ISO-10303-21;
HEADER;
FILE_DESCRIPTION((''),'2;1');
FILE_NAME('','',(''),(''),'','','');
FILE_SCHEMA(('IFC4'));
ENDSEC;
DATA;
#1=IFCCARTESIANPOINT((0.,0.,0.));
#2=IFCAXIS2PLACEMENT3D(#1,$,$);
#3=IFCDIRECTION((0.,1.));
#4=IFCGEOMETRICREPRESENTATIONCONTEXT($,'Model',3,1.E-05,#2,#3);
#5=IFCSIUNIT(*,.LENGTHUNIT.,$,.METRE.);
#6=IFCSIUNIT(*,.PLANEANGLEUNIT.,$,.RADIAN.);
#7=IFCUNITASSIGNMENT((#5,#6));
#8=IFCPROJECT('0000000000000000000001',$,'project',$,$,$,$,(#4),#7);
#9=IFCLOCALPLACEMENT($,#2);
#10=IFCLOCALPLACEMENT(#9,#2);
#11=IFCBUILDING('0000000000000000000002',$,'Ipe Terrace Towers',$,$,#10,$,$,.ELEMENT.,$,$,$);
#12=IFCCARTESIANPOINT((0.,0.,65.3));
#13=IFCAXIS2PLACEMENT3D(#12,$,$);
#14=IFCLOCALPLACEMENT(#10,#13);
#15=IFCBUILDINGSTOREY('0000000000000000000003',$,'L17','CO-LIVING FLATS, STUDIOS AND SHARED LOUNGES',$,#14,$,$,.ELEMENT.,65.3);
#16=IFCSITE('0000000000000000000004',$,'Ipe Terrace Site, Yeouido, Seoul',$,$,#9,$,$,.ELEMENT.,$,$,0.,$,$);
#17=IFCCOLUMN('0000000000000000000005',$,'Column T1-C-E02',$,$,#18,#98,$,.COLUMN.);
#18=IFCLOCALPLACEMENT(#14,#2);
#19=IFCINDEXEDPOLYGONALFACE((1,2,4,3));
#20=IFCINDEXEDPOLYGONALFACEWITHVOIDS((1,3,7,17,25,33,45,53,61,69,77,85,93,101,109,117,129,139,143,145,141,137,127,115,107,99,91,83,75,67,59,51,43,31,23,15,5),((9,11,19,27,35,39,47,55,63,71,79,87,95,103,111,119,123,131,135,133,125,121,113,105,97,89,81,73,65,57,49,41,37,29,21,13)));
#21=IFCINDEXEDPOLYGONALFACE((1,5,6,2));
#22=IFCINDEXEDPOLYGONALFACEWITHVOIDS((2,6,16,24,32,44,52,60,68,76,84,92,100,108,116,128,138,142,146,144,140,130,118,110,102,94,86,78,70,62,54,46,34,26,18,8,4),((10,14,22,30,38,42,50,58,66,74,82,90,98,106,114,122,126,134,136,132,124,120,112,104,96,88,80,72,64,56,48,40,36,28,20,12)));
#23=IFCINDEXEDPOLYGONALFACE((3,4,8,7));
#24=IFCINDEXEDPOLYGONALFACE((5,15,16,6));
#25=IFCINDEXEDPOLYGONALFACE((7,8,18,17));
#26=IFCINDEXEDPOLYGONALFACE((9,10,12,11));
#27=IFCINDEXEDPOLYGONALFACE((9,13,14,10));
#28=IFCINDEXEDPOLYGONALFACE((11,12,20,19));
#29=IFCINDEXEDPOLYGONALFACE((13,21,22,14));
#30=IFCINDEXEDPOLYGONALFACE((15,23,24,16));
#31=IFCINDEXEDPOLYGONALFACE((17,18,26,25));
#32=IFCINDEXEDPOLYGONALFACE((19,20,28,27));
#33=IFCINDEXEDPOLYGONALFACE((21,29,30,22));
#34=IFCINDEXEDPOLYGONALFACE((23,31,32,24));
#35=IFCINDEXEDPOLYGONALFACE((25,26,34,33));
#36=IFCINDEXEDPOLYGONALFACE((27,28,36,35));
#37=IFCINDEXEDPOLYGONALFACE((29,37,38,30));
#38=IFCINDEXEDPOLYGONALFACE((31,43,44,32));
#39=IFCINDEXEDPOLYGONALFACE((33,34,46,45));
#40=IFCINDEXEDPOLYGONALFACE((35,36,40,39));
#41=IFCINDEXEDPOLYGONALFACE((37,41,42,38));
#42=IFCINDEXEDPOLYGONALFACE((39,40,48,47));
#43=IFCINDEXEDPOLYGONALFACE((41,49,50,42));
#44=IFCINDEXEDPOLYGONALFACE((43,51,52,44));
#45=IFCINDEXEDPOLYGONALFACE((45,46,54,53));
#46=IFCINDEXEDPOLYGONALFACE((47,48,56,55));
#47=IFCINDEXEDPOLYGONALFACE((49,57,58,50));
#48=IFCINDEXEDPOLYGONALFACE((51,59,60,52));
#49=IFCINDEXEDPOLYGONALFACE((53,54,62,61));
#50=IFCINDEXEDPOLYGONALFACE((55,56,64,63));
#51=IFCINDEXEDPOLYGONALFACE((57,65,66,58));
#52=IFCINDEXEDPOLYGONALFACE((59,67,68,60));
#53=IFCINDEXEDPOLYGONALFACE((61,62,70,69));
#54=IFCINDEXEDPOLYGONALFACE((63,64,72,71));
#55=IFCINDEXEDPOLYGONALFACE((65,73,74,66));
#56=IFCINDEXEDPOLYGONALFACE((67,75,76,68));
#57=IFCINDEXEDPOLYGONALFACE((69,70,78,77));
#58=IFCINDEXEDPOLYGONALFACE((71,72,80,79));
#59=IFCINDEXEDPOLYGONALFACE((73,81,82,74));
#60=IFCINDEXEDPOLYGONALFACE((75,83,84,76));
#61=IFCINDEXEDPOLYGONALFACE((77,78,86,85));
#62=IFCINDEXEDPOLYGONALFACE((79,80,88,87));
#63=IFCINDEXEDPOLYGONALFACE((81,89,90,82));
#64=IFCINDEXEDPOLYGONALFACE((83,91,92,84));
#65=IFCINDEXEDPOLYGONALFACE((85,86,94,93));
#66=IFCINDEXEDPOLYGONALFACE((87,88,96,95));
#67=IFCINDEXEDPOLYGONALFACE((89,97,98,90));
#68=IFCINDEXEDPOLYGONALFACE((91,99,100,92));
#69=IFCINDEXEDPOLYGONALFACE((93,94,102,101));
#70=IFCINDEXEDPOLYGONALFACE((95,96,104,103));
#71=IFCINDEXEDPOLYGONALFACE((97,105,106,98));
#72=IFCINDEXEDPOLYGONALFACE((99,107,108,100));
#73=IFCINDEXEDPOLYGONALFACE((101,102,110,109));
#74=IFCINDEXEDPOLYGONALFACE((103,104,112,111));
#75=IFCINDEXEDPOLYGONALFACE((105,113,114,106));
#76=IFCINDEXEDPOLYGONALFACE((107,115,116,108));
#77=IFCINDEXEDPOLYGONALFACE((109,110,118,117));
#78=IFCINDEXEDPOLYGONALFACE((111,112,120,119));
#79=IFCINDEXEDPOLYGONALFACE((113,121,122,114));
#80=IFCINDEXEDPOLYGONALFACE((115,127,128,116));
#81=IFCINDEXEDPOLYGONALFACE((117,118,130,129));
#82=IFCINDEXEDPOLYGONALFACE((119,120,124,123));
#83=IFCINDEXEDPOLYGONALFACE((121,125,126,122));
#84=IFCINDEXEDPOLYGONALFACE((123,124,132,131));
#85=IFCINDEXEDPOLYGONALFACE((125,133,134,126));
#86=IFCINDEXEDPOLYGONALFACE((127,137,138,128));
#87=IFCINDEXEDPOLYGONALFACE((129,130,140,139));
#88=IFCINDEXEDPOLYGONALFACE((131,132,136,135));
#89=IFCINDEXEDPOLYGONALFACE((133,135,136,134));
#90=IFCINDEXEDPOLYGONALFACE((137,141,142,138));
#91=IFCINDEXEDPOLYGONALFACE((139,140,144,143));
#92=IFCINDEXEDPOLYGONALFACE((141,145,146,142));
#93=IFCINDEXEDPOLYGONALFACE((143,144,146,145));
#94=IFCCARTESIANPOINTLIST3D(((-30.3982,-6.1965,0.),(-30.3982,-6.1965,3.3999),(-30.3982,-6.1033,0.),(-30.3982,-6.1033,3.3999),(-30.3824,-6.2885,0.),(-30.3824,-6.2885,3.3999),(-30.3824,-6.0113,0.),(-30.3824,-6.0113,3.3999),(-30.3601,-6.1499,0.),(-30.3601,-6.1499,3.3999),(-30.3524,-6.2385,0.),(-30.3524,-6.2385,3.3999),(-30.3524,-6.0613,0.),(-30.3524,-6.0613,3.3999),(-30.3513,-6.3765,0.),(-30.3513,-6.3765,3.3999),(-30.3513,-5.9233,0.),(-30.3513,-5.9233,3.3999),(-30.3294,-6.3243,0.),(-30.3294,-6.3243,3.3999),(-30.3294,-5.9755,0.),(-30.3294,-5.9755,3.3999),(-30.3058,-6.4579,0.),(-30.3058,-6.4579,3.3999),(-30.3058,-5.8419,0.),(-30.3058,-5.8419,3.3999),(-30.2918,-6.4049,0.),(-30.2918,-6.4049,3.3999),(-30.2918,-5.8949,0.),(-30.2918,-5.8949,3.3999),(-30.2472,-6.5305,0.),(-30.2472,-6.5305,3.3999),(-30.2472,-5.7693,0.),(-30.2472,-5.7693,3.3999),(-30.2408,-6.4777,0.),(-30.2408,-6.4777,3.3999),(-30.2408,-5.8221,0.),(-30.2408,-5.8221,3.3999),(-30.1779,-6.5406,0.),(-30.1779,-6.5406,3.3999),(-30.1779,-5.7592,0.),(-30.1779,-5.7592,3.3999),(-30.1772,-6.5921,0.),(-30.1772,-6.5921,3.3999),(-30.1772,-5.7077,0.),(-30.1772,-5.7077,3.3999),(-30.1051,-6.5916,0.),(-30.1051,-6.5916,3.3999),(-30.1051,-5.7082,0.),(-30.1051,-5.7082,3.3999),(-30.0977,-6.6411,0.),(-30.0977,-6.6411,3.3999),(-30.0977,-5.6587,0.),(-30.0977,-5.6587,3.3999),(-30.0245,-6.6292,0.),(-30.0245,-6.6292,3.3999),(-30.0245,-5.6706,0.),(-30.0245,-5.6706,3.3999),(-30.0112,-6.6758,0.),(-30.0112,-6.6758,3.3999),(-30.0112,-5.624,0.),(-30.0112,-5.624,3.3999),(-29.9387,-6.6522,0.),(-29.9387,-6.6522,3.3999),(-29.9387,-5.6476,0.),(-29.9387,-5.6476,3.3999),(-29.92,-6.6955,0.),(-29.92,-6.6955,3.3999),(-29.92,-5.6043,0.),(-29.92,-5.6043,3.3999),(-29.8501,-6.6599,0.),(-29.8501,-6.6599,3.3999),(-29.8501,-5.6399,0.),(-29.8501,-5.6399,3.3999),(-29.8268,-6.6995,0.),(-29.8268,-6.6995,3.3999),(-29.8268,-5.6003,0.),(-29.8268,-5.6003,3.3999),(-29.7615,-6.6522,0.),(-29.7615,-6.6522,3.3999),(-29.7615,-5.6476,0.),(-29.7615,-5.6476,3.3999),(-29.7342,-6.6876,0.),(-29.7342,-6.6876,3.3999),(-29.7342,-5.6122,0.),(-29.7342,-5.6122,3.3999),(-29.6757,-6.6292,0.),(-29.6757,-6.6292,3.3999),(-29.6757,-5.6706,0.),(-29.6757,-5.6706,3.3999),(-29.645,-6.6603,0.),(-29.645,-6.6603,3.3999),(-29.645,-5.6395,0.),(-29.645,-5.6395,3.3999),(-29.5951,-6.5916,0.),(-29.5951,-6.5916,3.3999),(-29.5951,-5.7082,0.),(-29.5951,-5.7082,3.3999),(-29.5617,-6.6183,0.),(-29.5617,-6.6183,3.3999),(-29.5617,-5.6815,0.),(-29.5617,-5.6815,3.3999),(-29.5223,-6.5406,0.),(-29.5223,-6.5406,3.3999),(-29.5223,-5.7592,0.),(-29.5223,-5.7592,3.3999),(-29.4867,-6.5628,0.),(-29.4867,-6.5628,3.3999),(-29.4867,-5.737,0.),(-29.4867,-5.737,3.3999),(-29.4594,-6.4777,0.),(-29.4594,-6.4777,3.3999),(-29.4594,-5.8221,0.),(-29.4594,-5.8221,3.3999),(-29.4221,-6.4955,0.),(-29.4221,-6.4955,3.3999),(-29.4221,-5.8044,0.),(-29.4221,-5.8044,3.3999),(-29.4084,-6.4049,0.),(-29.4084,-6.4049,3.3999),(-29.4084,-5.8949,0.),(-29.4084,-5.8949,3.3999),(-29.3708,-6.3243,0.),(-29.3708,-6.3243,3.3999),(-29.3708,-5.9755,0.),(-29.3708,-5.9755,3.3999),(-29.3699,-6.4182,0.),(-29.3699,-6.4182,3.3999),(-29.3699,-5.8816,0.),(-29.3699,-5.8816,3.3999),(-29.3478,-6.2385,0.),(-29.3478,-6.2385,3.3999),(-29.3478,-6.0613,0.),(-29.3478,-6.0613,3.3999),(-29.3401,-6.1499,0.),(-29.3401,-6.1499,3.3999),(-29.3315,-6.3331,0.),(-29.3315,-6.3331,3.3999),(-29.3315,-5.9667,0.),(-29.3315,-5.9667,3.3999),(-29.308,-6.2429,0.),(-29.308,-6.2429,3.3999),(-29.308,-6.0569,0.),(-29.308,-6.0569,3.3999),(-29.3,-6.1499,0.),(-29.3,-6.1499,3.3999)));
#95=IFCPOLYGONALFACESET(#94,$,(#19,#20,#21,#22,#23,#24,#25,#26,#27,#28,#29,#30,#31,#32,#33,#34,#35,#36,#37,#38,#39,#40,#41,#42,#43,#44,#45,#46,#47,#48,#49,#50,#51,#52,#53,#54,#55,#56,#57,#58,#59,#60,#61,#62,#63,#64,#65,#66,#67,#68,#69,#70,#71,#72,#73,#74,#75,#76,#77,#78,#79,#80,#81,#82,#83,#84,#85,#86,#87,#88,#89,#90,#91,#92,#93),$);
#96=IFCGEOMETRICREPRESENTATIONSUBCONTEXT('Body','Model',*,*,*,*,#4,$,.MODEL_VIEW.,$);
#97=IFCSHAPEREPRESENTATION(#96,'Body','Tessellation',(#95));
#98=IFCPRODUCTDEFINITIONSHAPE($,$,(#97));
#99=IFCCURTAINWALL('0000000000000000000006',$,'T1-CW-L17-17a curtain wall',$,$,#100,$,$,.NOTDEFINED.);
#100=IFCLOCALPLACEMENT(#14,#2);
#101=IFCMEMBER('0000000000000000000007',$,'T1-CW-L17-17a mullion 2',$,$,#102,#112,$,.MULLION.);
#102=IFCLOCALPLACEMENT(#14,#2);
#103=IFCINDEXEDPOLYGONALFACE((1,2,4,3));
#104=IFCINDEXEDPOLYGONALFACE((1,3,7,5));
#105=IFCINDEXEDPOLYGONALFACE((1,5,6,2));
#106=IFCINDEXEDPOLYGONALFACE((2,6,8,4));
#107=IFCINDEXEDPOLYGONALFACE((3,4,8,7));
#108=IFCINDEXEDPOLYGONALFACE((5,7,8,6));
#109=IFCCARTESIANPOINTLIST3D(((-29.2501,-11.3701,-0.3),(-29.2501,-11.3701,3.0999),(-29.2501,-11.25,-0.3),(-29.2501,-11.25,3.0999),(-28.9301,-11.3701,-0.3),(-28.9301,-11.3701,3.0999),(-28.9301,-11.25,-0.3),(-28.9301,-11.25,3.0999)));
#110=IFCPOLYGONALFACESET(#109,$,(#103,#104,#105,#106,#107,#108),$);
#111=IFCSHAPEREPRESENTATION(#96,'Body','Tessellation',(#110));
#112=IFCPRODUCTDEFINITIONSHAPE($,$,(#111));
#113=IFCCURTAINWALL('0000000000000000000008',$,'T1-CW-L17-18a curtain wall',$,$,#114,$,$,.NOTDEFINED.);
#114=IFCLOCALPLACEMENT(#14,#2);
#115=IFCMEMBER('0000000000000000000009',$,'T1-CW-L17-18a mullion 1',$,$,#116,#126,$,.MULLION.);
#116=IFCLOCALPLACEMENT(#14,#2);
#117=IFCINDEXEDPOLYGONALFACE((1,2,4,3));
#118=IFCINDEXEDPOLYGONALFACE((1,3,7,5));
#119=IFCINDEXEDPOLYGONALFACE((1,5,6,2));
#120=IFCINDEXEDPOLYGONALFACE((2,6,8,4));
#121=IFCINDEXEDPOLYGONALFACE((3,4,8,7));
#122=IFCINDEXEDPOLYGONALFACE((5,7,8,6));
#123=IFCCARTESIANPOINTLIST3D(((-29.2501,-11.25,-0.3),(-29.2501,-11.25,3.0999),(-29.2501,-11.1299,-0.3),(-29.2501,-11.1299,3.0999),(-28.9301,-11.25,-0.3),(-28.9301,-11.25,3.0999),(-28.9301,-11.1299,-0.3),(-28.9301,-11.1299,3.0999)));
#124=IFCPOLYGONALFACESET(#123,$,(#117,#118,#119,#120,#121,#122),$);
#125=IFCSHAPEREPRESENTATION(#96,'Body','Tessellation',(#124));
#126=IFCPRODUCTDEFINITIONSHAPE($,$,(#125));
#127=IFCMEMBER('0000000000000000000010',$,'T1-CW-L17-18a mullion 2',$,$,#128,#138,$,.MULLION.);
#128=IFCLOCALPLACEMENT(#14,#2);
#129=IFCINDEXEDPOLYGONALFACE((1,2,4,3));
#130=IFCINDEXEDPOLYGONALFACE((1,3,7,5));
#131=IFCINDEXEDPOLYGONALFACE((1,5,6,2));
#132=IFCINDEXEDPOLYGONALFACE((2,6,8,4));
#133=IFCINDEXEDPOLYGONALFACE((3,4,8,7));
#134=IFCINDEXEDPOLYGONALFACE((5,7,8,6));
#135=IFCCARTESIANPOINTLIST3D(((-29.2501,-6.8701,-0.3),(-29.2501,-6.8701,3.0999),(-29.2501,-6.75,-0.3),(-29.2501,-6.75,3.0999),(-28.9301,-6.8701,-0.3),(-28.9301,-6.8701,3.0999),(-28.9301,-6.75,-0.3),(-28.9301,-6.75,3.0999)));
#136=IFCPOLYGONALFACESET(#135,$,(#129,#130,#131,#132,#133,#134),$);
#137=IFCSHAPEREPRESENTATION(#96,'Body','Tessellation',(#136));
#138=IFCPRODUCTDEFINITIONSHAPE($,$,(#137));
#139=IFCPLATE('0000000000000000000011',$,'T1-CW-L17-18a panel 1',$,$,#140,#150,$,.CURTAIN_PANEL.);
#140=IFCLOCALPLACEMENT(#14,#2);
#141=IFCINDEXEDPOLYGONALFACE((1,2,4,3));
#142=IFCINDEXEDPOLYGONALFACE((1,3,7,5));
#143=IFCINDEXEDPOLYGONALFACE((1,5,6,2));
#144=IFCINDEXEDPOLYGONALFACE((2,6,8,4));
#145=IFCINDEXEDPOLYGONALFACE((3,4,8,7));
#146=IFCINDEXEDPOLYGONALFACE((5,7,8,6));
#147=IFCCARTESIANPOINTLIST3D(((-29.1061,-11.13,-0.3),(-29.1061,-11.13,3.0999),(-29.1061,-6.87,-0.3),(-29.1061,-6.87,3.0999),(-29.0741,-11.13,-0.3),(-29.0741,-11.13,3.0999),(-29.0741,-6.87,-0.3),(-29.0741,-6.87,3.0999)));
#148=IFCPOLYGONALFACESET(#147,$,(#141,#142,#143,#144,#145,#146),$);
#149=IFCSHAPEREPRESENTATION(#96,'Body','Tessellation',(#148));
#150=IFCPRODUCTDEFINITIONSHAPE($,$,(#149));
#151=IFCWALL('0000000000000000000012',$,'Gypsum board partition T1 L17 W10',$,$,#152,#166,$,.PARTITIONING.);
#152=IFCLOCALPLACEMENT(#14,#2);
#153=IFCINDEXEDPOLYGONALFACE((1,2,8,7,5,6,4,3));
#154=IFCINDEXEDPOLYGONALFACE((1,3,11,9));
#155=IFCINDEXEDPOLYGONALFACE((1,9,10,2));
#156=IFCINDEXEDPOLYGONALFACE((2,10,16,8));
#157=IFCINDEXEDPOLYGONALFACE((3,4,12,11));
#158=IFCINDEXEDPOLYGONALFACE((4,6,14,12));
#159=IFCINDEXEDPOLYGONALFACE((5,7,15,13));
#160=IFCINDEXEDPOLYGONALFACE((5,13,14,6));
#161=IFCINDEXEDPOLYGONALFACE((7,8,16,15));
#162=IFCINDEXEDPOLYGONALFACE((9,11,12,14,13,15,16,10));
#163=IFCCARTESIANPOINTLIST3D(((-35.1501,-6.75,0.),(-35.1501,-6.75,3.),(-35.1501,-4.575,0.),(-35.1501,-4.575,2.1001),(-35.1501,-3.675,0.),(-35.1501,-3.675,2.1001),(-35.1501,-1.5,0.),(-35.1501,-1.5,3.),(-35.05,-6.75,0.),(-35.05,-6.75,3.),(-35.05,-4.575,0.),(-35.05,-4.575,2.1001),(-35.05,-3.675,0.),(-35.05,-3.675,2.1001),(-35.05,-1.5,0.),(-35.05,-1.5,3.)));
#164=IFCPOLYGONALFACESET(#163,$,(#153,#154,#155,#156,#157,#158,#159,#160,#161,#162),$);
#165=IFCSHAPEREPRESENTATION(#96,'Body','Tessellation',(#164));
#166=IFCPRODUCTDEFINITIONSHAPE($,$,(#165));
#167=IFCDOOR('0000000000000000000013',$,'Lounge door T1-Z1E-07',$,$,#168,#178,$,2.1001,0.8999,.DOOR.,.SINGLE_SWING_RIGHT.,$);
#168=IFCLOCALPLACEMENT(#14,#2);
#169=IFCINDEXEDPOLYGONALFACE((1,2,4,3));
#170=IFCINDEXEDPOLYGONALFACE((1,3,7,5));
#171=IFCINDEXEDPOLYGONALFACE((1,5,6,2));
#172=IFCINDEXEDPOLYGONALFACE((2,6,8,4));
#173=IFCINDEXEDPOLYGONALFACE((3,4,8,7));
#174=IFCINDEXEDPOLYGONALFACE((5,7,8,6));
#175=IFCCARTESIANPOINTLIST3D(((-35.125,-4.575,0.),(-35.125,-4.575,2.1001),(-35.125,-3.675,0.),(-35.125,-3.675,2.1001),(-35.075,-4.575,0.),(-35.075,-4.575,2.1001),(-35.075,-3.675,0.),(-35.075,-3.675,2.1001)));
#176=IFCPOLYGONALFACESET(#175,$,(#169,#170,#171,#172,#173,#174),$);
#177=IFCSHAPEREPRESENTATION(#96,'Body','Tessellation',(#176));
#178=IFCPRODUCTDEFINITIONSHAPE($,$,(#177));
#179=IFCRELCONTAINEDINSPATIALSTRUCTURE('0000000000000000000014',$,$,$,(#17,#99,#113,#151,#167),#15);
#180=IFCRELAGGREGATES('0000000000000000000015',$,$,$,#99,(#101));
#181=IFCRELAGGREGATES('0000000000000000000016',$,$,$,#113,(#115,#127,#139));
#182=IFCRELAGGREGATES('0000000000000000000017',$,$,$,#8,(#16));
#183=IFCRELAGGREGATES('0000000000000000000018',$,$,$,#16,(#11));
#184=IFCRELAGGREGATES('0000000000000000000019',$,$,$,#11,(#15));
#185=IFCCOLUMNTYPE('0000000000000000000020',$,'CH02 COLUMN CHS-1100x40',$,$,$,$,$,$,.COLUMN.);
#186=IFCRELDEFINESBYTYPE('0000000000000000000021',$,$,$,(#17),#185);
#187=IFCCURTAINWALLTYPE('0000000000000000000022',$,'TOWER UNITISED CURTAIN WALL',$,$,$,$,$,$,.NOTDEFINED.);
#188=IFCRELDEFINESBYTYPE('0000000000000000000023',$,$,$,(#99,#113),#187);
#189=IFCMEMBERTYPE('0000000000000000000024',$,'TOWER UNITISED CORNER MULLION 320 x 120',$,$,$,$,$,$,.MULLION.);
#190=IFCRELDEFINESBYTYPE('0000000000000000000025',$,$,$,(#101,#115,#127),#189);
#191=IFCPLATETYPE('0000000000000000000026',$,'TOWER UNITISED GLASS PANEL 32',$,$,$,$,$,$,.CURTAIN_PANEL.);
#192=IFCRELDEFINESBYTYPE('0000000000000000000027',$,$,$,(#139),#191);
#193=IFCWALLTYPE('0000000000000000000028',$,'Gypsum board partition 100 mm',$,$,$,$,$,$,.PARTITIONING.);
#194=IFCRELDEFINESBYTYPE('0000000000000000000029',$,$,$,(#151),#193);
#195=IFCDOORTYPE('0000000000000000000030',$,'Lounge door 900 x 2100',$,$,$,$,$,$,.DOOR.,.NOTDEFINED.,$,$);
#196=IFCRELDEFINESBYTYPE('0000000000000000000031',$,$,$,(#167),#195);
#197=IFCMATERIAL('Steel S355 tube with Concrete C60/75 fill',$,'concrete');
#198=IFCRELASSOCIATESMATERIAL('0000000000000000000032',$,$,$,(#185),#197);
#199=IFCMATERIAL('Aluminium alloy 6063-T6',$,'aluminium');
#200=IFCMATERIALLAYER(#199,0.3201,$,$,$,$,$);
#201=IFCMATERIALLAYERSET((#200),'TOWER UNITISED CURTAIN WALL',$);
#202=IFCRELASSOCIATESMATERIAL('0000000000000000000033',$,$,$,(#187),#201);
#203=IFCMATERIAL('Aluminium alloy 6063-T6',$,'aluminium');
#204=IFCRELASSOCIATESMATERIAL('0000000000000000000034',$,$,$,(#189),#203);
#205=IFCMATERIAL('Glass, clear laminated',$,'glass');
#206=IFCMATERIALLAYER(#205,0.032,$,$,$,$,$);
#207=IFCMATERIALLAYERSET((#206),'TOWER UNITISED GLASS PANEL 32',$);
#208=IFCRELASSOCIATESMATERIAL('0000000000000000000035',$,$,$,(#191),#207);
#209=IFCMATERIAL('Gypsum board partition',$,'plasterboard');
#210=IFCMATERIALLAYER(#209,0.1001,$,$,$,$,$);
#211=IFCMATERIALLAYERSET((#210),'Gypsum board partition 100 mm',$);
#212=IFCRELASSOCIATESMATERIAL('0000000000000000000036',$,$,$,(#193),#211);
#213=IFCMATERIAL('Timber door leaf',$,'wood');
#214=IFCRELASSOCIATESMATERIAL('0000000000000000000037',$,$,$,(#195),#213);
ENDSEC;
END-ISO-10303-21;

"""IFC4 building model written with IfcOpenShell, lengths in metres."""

from ifc_helpers import new_model, si_unit, direction, frame, frame_2d, origin, origin_2d, place, context, subcontext, project, spatial, rectangle, hollow_circle, extrude, material, layer, layer_set, material_profile, profile_set, type_object, element, fill, aggregate, save


model = new_model("IFC4")

# Units and contexts
model_context = context("Model", 3, precision=1e-05, world=origin(), true_north=direction((0.0, 1.0)))
body_context = subcontext(model_context, "Body", "Model", "MODEL_VIEW")
ifc_project = project(units=[si_unit("LENGTHUNIT", "METRE"), si_unit("PLANEANGLEUNIT", "RADIAN")], contexts=[model_context])

# Site, building, storey
site_placement = place(None, origin())
site = spatial("IfcSite", under=ifc_project, at=site_placement, Name="Ipe Terrace Site, Yeouido, Seoul", CompositionType="ELEMENT", RefElevation=0.0)
building_placement = place(site_placement, origin())
building = spatial("IfcBuilding", under=site, at=building_placement, Name="Ipe Terrace Towers", CompositionType="ELEMENT")
storey_placement = place(building_placement, frame((0.0, 0.0, 65.3)))
storey = spatial("IfcBuildingStorey", under=building, at=storey_placement, Name="L17", Description="CO-LIVING FLATS, STUDIOS AND SHARED LOUNGES", CompositionType="ELEMENT", Elevation=65.3)

# Column
ifc_material_1 = material(Name="Steel S355 tube with Concrete C60/75 fill", Category="concrete")
ifc_material_profile_1 = material_profile(ifc_material_1, hollow_circle(Radius=0.55, WallThickness=0.04, at=origin_2d()), Name="CHS-1100x40")
ifc_profile_set_1 = profile_set([ifc_material_profile_1], Name="Steel S355 tube with Concrete C60/75 fill")
column_type = type_object("IfcColumnType", Name="CH02 COLUMN CHS-1100x40", PredefinedType="COLUMN", material=ifc_profile_set_1)
column_placement = place(storey_placement, frame((-29.8501, -6.1499, 0.0), z_axis=(0.0, 0.0, 1.0), x_axis=(1.0, 0.0, 0.0)))
element("IfcColumn", 1, at=column_placement, inside=storey, type_object=column_type, Name="Column T1-C-E02", PredefinedType="COLUMN", context=body_context, shape_type="SweptSolid", body=[
    extrude(hollow_circle(Radius=0.55, WallThickness=0.04, at=origin_2d()), origin(), (0.0, 0.0, 1.0), 3.3999),
])

# Curtain wall, member
ifc_material_2 = material(Name="Aluminium alloy 6063-T6", Category="aluminium")
ifc_layer_1 = layer(ifc_material_2, 0.3201)
ifc_layer_set_1 = layer_set([ifc_layer_1], Name="TOWER UNITISED CURTAIN WALL")
curtain_wall_type = type_object("IfcCurtainWallType", Name="TOWER UNITISED CURTAIN WALL", PredefinedType="NOTDEFINED", material=ifc_layer_set_1)
curtain_wall_1_placement = place(storey_placement, origin())
curtain_wall_1 = element("IfcCurtainWall", 2, at=curtain_wall_1_placement, inside=storey, type_object=curtain_wall_type, Name="T1-CW-L17-17a curtain wall", PredefinedType="NOTDEFINED")
ifc_material_3 = material(Name="Aluminium alloy 6063-T6", Category="aluminium")
ifc_material_profile_2 = material_profile(ifc_material_3, rectangle(XDim=0.3201, YDim=0.1201, at=origin_2d()), Name="TOWER UNITISED CORNER MULLION 320 x 120")
ifc_profile_set_2 = profile_set([ifc_material_profile_2], Name="Aluminium alloy 6063-T6")
member_type = type_object("IfcMemberType", Name="TOWER UNITISED CORNER MULLION 320 x 120", PredefinedType="MULLION", material=ifc_profile_set_2)
member_1_placement = place(storey_placement, frame((-29.0901, -11.3101, -0.3), z_axis=(0.0, 0.0, 1.0), x_axis=(1.0, 0.0, 0.0)))
member_1 = element("IfcMember", 3, at=member_1_placement, type_object=member_type, Name="T1-CW-L17-17a mullion 2", PredefinedType="MULLION", context=body_context, shape_type="SweptSolid", body=[
    extrude(rectangle(XDim=0.3201, YDim=0.1201, at=origin_2d()), origin(), (0.0, 0.0, 1.0), 3.3999),
])
aggregate(curtain_wall_1, [member_1])

# Curtain wall, members, plate
curtain_wall_2_placement = place(storey_placement, origin())
curtain_wall_2 = element("IfcCurtainWall", 4, at=curtain_wall_2_placement, inside=storey, type_object=curtain_wall_type, Name="T1-CW-L17-18a curtain wall", PredefinedType="NOTDEFINED")
member_2_placement = place(storey_placement, frame((-29.0901, -11.1899, -0.3), z_axis=(0.0, 0.0, 1.0), x_axis=(1.0, 0.0, 0.0)))
member_2 = element("IfcMember", 5, at=member_2_placement, type_object=member_type, Name="T1-CW-L17-18a mullion 1", PredefinedType="MULLION", context=body_context, shape_type="SweptSolid", body=[
    extrude(rectangle(XDim=0.3201, YDim=0.1201, at=origin_2d()), origin(), (0.0, 0.0, 1.0), 3.3999),
])
member_3_placement = place(storey_placement, frame((-29.0901, -6.8101, -0.3), z_axis=(0.0, 0.0, 1.0), x_axis=(1.0, 0.0, 0.0)))
member_3 = element("IfcMember", 6, at=member_3_placement, type_object=member_type, Name="T1-CW-L17-18a mullion 2", PredefinedType="MULLION", context=body_context, shape_type="SweptSolid", body=[
    extrude(rectangle(XDim=0.3201, YDim=0.1201, at=origin_2d()), origin(), (0.0, 0.0, 1.0), 3.3999),
])
ifc_material_4 = material(Name="Glass, clear laminated", Category="glass")
ifc_layer_2 = layer(ifc_material_4, 0.032)
ifc_layer_set_2 = layer_set([ifc_layer_2], Name="TOWER UNITISED GLASS PANEL 32")
plate_type = type_object("IfcPlateType", Name="TOWER UNITISED GLASS PANEL 32", PredefinedType="CURTAIN_PANEL", material=ifc_layer_set_2)
plate_placement = place(storey_placement, frame((-29.0901, -9.0, -0.3), z_axis=(0.0, 0.0, 1.0), x_axis=(0.0, 1.0, 0.0)))
plate = element("IfcPlate", 7, at=plate_placement, type_object=plate_type, Name="T1-CW-L17-18a panel 1", PredefinedType="CURTAIN_PANEL", context=body_context, shape_type="SweptSolid", body=[
    extrude(rectangle(XDim=4.26, YDim=0.032, at=origin_2d()), origin(), (0.0, 0.0, 1.0), 3.3999),
])
aggregate(curtain_wall_2, [member_2, member_3, plate])

# Wall, opening, door
ifc_material_5 = material(Name="Gypsum board partition", Category="plasterboard")
ifc_layer_3 = layer(ifc_material_5, 0.1001)
ifc_layer_set_3 = layer_set([ifc_layer_3], Name="Gypsum board partition 100 mm")
wall_type_1 = type_object("IfcWallType", Name="Gypsum board partition 100 mm", PredefinedType="PARTITIONING", material=ifc_layer_set_3)
wall_1_placement = place(storey_placement, frame((-35.1001, -6.75, 0.0), z_axis=(0.0, 0.0, 1.0), x_axis=(0.0, 1.0, 0.0)))
wall_1 = element("IfcWall", 8, at=wall_1_placement, inside=storey, type_object=wall_type_1, Name="Gypsum board partition T1 L17 W10", PredefinedType="PARTITIONING", context=body_context, shape_type="SweptSolid", body=[
    extrude(rectangle(XDim=5.25, YDim=0.1001, at=frame_2d((2.625, 0.0))), origin(), (0.0, 0.0, 1.0), 3.0),
])
opening_1_placement = place(wall_1_placement, frame((2.175, 0.0, 0.0)))
opening_1 = element("IfcOpeningElement", 9, at=opening_1_placement, cuts=wall_1, PredefinedType="OPENING", context=body_context, shape_type="SweptSolid", body=[
    extrude(rectangle(XDim=0.8999, YDim=2.1001, at=frame_2d((0.45, 1.05))), frame((0.0, 0.0601, 0.0), z_axis=(0.0, -1.0, 0.0), x_axis=(1.0, 0.0, 0.0)), (0.0, 0.0, 1.0), 0.1201),
])
ifc_material_6 = material(Name="Timber door leaf", Category="wood")
door_type_1 = type_object("IfcDoorType", Name="Lounge door 900 x 2100", OperationType="NOTDEFINED", PredefinedType="DOOR", material=ifc_material_6)
door_1_placement = place(opening_1_placement, origin())
door_1 = element("IfcDoor", 10, at=door_1_placement, inside=storey, type_object=door_type_1, Name="Lounge door T1-Z1E-07", OperationType="SINGLE_SWING_RIGHT", OverallHeight=2.1001, OverallWidth=0.8999, PredefinedType="DOOR", context=body_context, shape_type="SweptSolid", body=[
    extrude(rectangle(XDim=0.8999, YDim=2.1001, at=frame_2d((0.45, 1.05))), frame((0.0, 0.0249, 0.0), z_axis=(0.0, -1.0, 0.0), x_axis=(1.0, 0.0, 0.0)), (0.0, 0.0, 1.0), 0.05),
])
fill(opening_1, door_1)

save(model, "model.ifc")
